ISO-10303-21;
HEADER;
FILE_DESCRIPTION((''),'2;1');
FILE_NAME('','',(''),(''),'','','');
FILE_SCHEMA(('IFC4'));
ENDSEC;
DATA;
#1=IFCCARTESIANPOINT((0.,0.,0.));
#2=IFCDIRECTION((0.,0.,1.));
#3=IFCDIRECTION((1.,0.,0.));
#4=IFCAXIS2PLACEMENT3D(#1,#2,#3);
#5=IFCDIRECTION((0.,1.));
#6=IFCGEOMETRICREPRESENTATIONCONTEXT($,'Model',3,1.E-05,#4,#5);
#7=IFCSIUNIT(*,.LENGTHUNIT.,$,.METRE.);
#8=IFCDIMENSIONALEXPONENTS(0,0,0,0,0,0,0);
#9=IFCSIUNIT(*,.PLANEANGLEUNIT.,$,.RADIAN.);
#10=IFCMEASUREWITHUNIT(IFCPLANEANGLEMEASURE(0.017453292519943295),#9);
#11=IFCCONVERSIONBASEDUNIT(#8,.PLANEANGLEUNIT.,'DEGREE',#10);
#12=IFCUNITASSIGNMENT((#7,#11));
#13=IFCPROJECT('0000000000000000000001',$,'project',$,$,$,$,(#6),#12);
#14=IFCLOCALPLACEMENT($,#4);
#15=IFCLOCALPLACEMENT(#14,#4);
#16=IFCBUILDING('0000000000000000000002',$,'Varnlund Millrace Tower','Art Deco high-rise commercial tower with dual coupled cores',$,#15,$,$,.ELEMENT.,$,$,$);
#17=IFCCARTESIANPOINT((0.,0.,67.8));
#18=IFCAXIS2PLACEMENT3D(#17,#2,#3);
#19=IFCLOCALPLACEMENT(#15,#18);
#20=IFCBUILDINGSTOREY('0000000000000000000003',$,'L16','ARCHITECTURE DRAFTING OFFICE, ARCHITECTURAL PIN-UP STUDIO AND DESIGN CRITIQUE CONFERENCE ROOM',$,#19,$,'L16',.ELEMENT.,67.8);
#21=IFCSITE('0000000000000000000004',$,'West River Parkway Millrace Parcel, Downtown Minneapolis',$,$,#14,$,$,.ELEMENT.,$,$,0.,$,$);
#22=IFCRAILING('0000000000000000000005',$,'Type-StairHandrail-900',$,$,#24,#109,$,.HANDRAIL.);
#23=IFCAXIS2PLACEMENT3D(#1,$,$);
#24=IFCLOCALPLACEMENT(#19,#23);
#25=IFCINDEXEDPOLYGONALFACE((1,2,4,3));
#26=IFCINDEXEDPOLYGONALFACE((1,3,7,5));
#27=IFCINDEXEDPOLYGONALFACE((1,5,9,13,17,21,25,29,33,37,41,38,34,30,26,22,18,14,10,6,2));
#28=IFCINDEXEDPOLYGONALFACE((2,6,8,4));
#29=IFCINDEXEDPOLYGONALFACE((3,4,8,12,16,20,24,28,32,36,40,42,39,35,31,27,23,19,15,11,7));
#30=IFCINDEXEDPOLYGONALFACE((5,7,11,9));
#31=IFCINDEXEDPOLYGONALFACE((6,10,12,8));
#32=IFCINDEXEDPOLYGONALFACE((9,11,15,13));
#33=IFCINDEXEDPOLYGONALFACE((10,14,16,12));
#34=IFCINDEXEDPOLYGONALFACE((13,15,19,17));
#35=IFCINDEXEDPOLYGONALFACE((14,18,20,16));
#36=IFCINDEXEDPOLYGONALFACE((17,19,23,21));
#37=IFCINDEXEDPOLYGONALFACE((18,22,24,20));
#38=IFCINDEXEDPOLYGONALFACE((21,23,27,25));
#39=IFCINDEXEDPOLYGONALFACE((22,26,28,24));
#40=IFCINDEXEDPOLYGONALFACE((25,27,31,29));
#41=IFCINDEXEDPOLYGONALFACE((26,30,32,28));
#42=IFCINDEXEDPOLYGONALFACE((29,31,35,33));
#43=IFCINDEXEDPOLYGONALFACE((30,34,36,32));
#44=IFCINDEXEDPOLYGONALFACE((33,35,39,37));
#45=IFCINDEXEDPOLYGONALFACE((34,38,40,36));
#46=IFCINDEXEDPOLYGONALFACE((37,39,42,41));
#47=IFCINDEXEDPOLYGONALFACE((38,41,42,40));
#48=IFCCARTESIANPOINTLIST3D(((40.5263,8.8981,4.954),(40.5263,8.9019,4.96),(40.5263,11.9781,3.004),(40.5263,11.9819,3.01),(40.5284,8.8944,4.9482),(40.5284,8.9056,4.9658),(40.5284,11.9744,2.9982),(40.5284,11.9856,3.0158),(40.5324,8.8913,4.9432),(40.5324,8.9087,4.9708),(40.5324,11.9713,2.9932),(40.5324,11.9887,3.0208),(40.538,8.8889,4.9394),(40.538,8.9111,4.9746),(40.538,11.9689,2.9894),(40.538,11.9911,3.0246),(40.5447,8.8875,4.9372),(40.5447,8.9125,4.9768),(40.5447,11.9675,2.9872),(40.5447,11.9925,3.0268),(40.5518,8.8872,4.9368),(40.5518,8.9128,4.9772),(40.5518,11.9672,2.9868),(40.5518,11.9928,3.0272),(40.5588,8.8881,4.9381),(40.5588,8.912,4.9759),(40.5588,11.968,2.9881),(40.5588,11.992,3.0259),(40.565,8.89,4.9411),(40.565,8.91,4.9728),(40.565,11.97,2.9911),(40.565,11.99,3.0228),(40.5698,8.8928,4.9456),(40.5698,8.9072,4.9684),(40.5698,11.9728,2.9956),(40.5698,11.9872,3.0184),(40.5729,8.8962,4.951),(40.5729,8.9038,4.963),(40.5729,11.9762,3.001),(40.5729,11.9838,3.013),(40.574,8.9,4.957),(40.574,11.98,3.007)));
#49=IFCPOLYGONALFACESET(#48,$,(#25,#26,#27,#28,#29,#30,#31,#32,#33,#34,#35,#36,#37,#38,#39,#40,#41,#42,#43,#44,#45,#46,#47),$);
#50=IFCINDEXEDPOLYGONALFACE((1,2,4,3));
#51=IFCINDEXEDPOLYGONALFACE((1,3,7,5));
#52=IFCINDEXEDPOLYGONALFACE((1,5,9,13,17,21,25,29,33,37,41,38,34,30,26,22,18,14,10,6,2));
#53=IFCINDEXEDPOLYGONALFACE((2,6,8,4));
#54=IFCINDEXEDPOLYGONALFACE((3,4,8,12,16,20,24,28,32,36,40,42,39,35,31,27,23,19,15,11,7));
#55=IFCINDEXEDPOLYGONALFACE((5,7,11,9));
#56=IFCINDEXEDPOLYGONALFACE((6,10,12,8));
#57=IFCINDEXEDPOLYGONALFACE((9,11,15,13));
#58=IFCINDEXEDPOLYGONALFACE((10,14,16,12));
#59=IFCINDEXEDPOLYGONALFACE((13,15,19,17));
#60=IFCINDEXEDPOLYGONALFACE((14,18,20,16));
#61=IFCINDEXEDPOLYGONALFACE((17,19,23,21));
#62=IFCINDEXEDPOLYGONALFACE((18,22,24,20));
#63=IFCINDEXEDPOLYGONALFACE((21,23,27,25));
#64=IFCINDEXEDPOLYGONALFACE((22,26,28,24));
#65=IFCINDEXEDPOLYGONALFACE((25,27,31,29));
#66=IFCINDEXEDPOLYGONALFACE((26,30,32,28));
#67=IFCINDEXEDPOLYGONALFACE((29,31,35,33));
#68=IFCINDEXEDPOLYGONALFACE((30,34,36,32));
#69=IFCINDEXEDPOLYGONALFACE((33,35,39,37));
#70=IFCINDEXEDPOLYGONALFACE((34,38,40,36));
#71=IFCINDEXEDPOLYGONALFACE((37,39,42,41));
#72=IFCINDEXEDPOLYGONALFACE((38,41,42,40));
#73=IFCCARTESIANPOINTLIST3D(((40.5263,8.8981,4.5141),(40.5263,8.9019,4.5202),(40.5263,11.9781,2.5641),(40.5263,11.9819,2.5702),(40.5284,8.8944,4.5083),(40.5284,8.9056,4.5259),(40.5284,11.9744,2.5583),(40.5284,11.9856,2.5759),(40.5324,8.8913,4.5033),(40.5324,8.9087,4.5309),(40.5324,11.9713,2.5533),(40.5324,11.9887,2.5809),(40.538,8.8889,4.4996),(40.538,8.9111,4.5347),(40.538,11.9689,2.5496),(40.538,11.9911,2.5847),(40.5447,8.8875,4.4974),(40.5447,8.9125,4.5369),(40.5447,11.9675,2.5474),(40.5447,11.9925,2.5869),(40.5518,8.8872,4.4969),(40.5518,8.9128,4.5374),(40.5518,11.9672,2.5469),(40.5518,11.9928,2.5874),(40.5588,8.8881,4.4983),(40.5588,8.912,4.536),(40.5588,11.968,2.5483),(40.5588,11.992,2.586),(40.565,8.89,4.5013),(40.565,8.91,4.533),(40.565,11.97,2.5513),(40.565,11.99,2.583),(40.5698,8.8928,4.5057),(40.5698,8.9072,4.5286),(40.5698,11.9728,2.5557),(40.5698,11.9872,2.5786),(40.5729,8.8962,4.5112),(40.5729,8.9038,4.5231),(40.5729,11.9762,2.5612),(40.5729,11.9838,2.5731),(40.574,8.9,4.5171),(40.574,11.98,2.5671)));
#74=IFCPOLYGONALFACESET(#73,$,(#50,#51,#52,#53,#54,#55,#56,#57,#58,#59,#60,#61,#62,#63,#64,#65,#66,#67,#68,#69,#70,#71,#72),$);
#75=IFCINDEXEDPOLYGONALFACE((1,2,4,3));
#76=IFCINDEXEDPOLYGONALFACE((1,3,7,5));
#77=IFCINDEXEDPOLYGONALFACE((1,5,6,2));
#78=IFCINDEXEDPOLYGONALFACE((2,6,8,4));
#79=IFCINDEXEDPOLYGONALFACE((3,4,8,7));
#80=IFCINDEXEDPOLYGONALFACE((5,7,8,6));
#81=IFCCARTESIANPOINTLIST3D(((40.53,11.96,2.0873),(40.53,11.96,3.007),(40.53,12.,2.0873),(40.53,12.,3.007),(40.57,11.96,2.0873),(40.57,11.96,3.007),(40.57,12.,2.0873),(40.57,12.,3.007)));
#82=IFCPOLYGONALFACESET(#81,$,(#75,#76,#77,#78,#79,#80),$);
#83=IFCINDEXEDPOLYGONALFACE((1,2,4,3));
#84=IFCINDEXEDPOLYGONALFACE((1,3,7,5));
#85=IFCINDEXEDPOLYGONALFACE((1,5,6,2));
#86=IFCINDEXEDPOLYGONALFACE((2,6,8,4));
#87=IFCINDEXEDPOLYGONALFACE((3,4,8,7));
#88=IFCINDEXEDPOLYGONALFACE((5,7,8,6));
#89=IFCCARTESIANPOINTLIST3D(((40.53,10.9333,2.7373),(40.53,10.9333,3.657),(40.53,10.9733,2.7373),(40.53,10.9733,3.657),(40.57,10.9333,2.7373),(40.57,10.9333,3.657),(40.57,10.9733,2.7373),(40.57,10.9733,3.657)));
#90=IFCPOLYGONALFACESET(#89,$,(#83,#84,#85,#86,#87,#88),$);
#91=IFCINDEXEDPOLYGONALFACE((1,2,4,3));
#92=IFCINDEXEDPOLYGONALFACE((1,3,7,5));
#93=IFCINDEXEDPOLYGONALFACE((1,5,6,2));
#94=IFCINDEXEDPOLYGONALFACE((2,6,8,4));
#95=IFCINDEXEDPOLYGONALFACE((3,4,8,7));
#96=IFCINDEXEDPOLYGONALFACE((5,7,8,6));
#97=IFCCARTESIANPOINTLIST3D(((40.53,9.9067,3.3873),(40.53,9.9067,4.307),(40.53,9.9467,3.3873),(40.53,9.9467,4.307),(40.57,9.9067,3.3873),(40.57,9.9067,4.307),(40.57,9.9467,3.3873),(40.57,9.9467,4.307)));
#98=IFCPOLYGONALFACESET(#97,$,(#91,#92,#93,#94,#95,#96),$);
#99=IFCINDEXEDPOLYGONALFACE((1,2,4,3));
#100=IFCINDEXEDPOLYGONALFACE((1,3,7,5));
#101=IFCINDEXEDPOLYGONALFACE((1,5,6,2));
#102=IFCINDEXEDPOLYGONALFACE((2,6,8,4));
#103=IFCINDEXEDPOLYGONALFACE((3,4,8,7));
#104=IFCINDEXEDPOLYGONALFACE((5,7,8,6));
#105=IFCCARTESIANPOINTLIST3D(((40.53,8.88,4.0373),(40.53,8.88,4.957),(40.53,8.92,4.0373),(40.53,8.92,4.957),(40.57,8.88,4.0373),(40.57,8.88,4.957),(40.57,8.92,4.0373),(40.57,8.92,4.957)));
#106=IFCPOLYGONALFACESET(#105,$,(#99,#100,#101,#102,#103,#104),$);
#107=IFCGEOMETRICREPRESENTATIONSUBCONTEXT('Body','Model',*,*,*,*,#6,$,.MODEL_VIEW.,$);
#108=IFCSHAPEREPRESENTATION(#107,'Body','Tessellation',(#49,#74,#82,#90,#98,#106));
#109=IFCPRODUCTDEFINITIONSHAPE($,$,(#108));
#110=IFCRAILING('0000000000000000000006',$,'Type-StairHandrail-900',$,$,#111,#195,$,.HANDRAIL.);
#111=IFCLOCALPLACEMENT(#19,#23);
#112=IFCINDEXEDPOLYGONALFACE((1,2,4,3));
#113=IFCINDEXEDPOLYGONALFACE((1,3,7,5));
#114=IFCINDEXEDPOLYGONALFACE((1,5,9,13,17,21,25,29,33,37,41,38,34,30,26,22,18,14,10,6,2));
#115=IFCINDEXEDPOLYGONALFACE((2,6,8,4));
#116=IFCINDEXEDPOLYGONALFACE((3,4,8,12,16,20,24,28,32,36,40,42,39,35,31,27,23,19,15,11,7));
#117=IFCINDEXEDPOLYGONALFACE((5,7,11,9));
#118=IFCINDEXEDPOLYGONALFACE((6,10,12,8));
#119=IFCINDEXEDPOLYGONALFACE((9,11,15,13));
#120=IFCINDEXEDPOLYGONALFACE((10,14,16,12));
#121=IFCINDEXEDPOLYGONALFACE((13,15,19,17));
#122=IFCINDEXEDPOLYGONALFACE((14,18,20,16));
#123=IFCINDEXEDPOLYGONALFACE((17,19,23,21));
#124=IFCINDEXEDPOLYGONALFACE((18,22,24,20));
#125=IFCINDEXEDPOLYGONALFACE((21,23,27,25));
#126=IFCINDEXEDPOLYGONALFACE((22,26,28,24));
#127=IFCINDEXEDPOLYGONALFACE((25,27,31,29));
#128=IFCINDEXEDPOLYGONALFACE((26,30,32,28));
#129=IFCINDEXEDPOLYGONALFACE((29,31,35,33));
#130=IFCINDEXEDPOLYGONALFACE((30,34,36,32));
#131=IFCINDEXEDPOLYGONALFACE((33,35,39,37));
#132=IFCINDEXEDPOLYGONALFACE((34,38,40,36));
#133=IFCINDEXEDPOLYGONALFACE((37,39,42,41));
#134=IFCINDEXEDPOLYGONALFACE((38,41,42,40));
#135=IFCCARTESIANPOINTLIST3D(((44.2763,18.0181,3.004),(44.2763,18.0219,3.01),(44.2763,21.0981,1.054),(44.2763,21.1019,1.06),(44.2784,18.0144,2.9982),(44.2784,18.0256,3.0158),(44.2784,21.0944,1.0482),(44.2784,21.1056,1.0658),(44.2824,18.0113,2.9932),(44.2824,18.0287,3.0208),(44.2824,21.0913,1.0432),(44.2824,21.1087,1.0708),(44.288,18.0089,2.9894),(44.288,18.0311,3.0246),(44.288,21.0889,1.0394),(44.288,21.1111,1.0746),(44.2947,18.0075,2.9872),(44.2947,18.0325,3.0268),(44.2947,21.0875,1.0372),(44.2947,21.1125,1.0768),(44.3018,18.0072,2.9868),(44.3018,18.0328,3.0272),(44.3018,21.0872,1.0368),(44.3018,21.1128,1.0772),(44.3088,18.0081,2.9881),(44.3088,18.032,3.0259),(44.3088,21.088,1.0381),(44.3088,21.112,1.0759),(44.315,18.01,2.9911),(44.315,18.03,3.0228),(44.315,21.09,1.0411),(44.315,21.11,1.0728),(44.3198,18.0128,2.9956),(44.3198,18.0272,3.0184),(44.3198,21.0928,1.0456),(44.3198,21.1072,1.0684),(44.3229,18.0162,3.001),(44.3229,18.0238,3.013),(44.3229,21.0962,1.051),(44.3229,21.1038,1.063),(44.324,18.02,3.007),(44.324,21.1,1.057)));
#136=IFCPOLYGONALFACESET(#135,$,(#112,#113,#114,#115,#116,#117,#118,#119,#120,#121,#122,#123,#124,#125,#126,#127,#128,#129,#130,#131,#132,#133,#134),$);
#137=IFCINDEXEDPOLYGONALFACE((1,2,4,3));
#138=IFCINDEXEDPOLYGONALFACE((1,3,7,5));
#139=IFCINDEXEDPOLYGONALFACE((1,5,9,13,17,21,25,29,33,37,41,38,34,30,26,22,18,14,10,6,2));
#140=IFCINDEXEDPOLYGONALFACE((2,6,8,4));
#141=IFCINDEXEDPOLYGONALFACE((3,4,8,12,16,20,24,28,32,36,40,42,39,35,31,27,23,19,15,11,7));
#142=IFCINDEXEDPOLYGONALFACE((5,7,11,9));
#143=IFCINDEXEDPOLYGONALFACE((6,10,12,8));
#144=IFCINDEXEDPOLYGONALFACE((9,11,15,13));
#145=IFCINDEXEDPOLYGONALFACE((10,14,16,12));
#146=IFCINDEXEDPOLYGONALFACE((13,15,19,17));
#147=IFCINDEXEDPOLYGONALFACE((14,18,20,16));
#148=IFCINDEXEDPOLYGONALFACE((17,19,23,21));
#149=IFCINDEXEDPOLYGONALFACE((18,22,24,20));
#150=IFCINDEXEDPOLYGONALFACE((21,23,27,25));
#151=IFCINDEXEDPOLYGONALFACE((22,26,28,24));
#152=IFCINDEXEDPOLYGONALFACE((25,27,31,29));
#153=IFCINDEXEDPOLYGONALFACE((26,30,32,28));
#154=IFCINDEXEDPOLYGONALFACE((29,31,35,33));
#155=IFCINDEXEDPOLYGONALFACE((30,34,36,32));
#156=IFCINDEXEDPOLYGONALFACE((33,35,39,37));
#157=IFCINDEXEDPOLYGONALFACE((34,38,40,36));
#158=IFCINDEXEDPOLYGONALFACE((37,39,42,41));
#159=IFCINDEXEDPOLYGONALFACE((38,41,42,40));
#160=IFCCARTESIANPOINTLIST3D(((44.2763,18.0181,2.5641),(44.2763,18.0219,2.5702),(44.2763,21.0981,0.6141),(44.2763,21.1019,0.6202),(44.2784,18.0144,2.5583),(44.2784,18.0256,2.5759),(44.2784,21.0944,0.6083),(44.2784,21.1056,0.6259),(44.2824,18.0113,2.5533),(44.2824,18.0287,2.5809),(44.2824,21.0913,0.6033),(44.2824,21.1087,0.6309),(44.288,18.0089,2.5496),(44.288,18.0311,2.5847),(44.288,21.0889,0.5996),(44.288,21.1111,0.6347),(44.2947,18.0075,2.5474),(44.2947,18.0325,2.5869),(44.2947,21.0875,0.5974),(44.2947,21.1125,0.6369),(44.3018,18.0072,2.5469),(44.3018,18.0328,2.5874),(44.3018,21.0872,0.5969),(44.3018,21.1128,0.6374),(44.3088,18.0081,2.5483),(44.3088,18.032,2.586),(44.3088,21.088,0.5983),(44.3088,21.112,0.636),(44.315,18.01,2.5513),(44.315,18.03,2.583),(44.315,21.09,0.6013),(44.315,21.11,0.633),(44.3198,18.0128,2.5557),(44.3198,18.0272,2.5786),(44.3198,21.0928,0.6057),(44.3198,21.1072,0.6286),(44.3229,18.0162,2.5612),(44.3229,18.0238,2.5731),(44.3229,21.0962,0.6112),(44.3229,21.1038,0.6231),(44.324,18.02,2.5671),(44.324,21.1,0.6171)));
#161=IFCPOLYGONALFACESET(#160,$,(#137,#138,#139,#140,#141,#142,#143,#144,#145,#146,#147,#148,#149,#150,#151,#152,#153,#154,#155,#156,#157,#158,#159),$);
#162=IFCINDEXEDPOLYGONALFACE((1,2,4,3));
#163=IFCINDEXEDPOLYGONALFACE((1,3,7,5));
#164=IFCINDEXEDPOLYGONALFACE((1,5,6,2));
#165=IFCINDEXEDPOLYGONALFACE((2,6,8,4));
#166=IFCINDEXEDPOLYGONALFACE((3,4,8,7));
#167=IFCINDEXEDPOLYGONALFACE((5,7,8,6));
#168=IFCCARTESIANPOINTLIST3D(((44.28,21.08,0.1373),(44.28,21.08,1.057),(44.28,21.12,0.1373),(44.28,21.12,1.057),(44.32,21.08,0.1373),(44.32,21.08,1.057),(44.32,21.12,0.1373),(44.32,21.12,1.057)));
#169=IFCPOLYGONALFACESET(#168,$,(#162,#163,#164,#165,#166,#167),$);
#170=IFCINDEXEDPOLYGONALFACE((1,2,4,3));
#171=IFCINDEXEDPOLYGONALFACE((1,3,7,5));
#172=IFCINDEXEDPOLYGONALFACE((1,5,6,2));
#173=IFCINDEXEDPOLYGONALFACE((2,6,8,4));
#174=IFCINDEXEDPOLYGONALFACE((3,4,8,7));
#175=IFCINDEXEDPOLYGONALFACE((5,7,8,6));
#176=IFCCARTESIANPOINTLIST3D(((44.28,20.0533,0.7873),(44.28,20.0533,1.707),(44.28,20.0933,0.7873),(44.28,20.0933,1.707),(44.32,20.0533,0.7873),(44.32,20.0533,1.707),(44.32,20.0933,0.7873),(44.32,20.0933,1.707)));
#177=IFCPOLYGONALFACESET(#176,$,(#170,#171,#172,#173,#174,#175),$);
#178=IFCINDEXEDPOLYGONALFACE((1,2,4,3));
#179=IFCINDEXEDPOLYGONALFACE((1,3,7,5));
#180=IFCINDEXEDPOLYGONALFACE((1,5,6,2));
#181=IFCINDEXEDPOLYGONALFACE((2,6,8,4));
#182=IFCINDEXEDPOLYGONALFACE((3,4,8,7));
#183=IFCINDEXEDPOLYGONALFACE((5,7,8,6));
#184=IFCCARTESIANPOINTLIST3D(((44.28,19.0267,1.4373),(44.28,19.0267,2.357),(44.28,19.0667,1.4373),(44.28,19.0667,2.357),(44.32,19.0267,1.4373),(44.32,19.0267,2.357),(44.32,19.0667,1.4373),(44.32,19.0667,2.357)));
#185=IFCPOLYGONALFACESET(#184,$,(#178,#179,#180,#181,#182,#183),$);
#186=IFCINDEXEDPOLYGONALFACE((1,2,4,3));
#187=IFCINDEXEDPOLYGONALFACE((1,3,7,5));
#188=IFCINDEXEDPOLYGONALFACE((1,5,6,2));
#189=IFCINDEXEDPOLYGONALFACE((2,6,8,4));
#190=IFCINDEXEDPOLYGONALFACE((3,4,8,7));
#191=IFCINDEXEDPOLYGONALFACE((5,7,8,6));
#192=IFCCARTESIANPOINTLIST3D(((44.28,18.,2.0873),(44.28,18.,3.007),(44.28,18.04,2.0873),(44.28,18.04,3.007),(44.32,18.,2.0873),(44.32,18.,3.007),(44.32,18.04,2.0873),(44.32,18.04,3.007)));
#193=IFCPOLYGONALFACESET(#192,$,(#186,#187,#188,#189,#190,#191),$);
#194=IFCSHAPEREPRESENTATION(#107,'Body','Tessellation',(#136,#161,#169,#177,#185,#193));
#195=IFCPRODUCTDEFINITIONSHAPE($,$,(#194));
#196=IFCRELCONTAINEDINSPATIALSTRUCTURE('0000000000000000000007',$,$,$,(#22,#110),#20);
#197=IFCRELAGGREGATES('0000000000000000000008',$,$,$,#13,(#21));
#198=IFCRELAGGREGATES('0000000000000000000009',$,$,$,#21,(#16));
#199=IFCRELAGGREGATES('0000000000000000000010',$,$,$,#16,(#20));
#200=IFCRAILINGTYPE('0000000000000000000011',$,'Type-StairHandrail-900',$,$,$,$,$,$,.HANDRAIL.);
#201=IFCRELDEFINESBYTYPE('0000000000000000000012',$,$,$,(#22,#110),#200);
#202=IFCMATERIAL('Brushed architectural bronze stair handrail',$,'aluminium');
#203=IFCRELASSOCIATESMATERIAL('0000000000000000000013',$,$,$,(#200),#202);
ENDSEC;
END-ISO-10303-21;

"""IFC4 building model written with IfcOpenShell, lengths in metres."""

from ifc_helpers import new_model, entity, si_unit, converted_unit, direction, frame, origin_with_axes, origin_2d_with_axis, place, context, subcontext, project, spatial, rectangle, circle, extrude, material, type_object, element, save


model = new_model("IFC4")

# Units and contexts
model_context = context("Model", 3, precision=1e-05, world=origin_with_axes(), true_north=direction((0.0, 1.0)))
body_context = subcontext(model_context, "Body", "Model", "MODEL_VIEW")
ifc_project = project(units=[si_unit("LENGTHUNIT", "METRE"), converted_unit("PLANEANGLEUNIT", "DEGREE", entity("IfcPlaneAngleMeasure", 0.017453292519943295), si_unit("PLANEANGLEUNIT", "RADIAN"), dimensions=[0, 0, 0, 0, 0, 0, 0])], contexts=[model_context])

# Site, building, storey
site_placement = place(None, origin_with_axes())
site = spatial("IfcSite", under=ifc_project, at=site_placement, Name="West River Parkway Millrace Parcel, Downtown Minneapolis", CompositionType="ELEMENT", RefElevation=0.0)
building_placement = place(site_placement, origin_with_axes())
building = spatial("IfcBuilding", under=site, at=building_placement, Name="Varnlund Millrace Tower", Description="Art Deco high-rise commercial tower with dual coupled cores", CompositionType="ELEMENT")
storey_placement = place(building_placement, frame((0.0, 0.0, 67.8), z_axis=(0.0, 0.0, 1.0), x_axis=(1.0, 0.0, 0.0)))
storey = spatial("IfcBuildingStorey", under=building, at=storey_placement, Name="L16", Description="ARCHITECTURE DRAFTING OFFICE, ARCHITECTURAL PIN-UP STUDIO AND DESIGN CRITIQUE CONFERENCE ROOM", LongName="L16", CompositionType="ELEMENT", Elevation=67.8)

# Railings
ifc_material_1 = material(Name="Brushed architectural bronze stair handrail", Category="aluminium")
railing_type_1 = type_object("IfcRailingType", Name="Type-StairHandrail-900", PredefinedType="HANDRAIL", material=ifc_material_1)
railing_1_placement = place(storey_placement, frame((0.0, 0.0, -67.8), z_axis=(0.0, 0.0, 1.0), x_axis=(1.0, 0.0, 0.0)))
element("IfcRailing", 1, at=railing_1_placement, inside=storey, type_object=railing_type_1, Name="Type-StairHandrail-900", PredefinedType="HANDRAIL", context=body_context, shape_type="SweptSolid", body=[
    extrude(circle(Radius=0.024, at=origin_2d_with_axis()), frame((40.55, 11.98, 70.807), z_axis=(0.0, -0.844902, 0.534922), x_axis=(1.0, 0.0, 0.0)), (0.0, 0.0, 1.0), 3.6454),
    extrude(circle(Radius=0.024, at=origin_2d_with_axis()), frame((40.55, 11.98, 70.3671), z_axis=(0.0, -0.844902, 0.534922), x_axis=(1.0, 0.0, 0.0)), (0.0, 0.0, 1.0), 3.6454),
    extrude(rectangle(XDim=0.04, YDim=0.04, at=origin_2d_with_axis()), frame((40.55, 11.98, 69.8873), z_axis=(0.0, 0.0, 1.0), x_axis=(1.0, 0.0, 0.0)), (0.0, 0.0, 1.0), 0.9197),
    extrude(rectangle(XDim=0.04, YDim=0.04, at=origin_2d_with_axis()), frame((40.55, 10.9533, 70.5373), z_axis=(0.0, 0.0, 1.0), x_axis=(1.0, 0.0, 0.0)), (0.0, 0.0, 1.0), 0.9197),
    extrude(rectangle(XDim=0.04, YDim=0.04, at=origin_2d_with_axis()), frame((40.55, 9.9267, 71.1873), z_axis=(0.0, 0.0, 1.0), x_axis=(1.0, 0.0, 0.0)), (0.0, 0.0, 1.0), 0.9197),
    extrude(rectangle(XDim=0.04, YDim=0.04, at=origin_2d_with_axis()), frame((40.55, 8.9, 71.8373), z_axis=(0.0, 0.0, 1.0), x_axis=(1.0, 0.0, 0.0)), (0.0, 0.0, 1.0), 0.9197),
])
railing_2_placement = place(storey_placement, frame((0.0, 0.0, -67.8), z_axis=(0.0, 0.0, 1.0), x_axis=(1.0, 0.0, 0.0)))
element("IfcRailing", 2, at=railing_2_placement, inside=storey, type_object=railing_type_1, Name="Type-StairHandrail-900", PredefinedType="HANDRAIL", context=body_context, shape_type="SweptSolid", body=[
    extrude(circle(Radius=0.024, at=origin_2d_with_axis()), frame((44.3, 21.1, 68.857), z_axis=(0.0, -0.844902, 0.534922), x_axis=(1.0, 0.0, 0.0)), (0.0, 0.0, 1.0), 3.6454),
    extrude(circle(Radius=0.024, at=origin_2d_with_axis()), frame((44.3, 21.1, 68.4171), z_axis=(0.0, -0.844902, 0.534922), x_axis=(1.0, 0.0, 0.0)), (0.0, 0.0, 1.0), 3.6454),
    extrude(rectangle(XDim=0.04, YDim=0.04, at=origin_2d_with_axis()), frame((44.3, 21.1, 67.9373), z_axis=(0.0, 0.0, 1.0), x_axis=(1.0, 0.0, 0.0)), (0.0, 0.0, 1.0), 0.9197),
    extrude(rectangle(XDim=0.04, YDim=0.04, at=origin_2d_with_axis()), frame((44.3, 20.0733, 68.5873), z_axis=(0.0, 0.0, 1.0), x_axis=(1.0, 0.0, 0.0)), (0.0, 0.0, 1.0), 0.9197),
    extrude(rectangle(XDim=0.04, YDim=0.04, at=origin_2d_with_axis()), frame((44.3, 19.0467, 69.2373), z_axis=(0.0, 0.0, 1.0), x_axis=(1.0, 0.0, 0.0)), (0.0, 0.0, 1.0), 0.9197),
    extrude(rectangle(XDim=0.04, YDim=0.04, at=origin_2d_with_axis()), frame((44.3, 18.02, 69.8873), z_axis=(0.0, 0.0, 1.0), x_axis=(1.0, 0.0, 0.0)), (0.0, 0.0, 1.0), 0.9197),
])

save(model, "model.ifc")
